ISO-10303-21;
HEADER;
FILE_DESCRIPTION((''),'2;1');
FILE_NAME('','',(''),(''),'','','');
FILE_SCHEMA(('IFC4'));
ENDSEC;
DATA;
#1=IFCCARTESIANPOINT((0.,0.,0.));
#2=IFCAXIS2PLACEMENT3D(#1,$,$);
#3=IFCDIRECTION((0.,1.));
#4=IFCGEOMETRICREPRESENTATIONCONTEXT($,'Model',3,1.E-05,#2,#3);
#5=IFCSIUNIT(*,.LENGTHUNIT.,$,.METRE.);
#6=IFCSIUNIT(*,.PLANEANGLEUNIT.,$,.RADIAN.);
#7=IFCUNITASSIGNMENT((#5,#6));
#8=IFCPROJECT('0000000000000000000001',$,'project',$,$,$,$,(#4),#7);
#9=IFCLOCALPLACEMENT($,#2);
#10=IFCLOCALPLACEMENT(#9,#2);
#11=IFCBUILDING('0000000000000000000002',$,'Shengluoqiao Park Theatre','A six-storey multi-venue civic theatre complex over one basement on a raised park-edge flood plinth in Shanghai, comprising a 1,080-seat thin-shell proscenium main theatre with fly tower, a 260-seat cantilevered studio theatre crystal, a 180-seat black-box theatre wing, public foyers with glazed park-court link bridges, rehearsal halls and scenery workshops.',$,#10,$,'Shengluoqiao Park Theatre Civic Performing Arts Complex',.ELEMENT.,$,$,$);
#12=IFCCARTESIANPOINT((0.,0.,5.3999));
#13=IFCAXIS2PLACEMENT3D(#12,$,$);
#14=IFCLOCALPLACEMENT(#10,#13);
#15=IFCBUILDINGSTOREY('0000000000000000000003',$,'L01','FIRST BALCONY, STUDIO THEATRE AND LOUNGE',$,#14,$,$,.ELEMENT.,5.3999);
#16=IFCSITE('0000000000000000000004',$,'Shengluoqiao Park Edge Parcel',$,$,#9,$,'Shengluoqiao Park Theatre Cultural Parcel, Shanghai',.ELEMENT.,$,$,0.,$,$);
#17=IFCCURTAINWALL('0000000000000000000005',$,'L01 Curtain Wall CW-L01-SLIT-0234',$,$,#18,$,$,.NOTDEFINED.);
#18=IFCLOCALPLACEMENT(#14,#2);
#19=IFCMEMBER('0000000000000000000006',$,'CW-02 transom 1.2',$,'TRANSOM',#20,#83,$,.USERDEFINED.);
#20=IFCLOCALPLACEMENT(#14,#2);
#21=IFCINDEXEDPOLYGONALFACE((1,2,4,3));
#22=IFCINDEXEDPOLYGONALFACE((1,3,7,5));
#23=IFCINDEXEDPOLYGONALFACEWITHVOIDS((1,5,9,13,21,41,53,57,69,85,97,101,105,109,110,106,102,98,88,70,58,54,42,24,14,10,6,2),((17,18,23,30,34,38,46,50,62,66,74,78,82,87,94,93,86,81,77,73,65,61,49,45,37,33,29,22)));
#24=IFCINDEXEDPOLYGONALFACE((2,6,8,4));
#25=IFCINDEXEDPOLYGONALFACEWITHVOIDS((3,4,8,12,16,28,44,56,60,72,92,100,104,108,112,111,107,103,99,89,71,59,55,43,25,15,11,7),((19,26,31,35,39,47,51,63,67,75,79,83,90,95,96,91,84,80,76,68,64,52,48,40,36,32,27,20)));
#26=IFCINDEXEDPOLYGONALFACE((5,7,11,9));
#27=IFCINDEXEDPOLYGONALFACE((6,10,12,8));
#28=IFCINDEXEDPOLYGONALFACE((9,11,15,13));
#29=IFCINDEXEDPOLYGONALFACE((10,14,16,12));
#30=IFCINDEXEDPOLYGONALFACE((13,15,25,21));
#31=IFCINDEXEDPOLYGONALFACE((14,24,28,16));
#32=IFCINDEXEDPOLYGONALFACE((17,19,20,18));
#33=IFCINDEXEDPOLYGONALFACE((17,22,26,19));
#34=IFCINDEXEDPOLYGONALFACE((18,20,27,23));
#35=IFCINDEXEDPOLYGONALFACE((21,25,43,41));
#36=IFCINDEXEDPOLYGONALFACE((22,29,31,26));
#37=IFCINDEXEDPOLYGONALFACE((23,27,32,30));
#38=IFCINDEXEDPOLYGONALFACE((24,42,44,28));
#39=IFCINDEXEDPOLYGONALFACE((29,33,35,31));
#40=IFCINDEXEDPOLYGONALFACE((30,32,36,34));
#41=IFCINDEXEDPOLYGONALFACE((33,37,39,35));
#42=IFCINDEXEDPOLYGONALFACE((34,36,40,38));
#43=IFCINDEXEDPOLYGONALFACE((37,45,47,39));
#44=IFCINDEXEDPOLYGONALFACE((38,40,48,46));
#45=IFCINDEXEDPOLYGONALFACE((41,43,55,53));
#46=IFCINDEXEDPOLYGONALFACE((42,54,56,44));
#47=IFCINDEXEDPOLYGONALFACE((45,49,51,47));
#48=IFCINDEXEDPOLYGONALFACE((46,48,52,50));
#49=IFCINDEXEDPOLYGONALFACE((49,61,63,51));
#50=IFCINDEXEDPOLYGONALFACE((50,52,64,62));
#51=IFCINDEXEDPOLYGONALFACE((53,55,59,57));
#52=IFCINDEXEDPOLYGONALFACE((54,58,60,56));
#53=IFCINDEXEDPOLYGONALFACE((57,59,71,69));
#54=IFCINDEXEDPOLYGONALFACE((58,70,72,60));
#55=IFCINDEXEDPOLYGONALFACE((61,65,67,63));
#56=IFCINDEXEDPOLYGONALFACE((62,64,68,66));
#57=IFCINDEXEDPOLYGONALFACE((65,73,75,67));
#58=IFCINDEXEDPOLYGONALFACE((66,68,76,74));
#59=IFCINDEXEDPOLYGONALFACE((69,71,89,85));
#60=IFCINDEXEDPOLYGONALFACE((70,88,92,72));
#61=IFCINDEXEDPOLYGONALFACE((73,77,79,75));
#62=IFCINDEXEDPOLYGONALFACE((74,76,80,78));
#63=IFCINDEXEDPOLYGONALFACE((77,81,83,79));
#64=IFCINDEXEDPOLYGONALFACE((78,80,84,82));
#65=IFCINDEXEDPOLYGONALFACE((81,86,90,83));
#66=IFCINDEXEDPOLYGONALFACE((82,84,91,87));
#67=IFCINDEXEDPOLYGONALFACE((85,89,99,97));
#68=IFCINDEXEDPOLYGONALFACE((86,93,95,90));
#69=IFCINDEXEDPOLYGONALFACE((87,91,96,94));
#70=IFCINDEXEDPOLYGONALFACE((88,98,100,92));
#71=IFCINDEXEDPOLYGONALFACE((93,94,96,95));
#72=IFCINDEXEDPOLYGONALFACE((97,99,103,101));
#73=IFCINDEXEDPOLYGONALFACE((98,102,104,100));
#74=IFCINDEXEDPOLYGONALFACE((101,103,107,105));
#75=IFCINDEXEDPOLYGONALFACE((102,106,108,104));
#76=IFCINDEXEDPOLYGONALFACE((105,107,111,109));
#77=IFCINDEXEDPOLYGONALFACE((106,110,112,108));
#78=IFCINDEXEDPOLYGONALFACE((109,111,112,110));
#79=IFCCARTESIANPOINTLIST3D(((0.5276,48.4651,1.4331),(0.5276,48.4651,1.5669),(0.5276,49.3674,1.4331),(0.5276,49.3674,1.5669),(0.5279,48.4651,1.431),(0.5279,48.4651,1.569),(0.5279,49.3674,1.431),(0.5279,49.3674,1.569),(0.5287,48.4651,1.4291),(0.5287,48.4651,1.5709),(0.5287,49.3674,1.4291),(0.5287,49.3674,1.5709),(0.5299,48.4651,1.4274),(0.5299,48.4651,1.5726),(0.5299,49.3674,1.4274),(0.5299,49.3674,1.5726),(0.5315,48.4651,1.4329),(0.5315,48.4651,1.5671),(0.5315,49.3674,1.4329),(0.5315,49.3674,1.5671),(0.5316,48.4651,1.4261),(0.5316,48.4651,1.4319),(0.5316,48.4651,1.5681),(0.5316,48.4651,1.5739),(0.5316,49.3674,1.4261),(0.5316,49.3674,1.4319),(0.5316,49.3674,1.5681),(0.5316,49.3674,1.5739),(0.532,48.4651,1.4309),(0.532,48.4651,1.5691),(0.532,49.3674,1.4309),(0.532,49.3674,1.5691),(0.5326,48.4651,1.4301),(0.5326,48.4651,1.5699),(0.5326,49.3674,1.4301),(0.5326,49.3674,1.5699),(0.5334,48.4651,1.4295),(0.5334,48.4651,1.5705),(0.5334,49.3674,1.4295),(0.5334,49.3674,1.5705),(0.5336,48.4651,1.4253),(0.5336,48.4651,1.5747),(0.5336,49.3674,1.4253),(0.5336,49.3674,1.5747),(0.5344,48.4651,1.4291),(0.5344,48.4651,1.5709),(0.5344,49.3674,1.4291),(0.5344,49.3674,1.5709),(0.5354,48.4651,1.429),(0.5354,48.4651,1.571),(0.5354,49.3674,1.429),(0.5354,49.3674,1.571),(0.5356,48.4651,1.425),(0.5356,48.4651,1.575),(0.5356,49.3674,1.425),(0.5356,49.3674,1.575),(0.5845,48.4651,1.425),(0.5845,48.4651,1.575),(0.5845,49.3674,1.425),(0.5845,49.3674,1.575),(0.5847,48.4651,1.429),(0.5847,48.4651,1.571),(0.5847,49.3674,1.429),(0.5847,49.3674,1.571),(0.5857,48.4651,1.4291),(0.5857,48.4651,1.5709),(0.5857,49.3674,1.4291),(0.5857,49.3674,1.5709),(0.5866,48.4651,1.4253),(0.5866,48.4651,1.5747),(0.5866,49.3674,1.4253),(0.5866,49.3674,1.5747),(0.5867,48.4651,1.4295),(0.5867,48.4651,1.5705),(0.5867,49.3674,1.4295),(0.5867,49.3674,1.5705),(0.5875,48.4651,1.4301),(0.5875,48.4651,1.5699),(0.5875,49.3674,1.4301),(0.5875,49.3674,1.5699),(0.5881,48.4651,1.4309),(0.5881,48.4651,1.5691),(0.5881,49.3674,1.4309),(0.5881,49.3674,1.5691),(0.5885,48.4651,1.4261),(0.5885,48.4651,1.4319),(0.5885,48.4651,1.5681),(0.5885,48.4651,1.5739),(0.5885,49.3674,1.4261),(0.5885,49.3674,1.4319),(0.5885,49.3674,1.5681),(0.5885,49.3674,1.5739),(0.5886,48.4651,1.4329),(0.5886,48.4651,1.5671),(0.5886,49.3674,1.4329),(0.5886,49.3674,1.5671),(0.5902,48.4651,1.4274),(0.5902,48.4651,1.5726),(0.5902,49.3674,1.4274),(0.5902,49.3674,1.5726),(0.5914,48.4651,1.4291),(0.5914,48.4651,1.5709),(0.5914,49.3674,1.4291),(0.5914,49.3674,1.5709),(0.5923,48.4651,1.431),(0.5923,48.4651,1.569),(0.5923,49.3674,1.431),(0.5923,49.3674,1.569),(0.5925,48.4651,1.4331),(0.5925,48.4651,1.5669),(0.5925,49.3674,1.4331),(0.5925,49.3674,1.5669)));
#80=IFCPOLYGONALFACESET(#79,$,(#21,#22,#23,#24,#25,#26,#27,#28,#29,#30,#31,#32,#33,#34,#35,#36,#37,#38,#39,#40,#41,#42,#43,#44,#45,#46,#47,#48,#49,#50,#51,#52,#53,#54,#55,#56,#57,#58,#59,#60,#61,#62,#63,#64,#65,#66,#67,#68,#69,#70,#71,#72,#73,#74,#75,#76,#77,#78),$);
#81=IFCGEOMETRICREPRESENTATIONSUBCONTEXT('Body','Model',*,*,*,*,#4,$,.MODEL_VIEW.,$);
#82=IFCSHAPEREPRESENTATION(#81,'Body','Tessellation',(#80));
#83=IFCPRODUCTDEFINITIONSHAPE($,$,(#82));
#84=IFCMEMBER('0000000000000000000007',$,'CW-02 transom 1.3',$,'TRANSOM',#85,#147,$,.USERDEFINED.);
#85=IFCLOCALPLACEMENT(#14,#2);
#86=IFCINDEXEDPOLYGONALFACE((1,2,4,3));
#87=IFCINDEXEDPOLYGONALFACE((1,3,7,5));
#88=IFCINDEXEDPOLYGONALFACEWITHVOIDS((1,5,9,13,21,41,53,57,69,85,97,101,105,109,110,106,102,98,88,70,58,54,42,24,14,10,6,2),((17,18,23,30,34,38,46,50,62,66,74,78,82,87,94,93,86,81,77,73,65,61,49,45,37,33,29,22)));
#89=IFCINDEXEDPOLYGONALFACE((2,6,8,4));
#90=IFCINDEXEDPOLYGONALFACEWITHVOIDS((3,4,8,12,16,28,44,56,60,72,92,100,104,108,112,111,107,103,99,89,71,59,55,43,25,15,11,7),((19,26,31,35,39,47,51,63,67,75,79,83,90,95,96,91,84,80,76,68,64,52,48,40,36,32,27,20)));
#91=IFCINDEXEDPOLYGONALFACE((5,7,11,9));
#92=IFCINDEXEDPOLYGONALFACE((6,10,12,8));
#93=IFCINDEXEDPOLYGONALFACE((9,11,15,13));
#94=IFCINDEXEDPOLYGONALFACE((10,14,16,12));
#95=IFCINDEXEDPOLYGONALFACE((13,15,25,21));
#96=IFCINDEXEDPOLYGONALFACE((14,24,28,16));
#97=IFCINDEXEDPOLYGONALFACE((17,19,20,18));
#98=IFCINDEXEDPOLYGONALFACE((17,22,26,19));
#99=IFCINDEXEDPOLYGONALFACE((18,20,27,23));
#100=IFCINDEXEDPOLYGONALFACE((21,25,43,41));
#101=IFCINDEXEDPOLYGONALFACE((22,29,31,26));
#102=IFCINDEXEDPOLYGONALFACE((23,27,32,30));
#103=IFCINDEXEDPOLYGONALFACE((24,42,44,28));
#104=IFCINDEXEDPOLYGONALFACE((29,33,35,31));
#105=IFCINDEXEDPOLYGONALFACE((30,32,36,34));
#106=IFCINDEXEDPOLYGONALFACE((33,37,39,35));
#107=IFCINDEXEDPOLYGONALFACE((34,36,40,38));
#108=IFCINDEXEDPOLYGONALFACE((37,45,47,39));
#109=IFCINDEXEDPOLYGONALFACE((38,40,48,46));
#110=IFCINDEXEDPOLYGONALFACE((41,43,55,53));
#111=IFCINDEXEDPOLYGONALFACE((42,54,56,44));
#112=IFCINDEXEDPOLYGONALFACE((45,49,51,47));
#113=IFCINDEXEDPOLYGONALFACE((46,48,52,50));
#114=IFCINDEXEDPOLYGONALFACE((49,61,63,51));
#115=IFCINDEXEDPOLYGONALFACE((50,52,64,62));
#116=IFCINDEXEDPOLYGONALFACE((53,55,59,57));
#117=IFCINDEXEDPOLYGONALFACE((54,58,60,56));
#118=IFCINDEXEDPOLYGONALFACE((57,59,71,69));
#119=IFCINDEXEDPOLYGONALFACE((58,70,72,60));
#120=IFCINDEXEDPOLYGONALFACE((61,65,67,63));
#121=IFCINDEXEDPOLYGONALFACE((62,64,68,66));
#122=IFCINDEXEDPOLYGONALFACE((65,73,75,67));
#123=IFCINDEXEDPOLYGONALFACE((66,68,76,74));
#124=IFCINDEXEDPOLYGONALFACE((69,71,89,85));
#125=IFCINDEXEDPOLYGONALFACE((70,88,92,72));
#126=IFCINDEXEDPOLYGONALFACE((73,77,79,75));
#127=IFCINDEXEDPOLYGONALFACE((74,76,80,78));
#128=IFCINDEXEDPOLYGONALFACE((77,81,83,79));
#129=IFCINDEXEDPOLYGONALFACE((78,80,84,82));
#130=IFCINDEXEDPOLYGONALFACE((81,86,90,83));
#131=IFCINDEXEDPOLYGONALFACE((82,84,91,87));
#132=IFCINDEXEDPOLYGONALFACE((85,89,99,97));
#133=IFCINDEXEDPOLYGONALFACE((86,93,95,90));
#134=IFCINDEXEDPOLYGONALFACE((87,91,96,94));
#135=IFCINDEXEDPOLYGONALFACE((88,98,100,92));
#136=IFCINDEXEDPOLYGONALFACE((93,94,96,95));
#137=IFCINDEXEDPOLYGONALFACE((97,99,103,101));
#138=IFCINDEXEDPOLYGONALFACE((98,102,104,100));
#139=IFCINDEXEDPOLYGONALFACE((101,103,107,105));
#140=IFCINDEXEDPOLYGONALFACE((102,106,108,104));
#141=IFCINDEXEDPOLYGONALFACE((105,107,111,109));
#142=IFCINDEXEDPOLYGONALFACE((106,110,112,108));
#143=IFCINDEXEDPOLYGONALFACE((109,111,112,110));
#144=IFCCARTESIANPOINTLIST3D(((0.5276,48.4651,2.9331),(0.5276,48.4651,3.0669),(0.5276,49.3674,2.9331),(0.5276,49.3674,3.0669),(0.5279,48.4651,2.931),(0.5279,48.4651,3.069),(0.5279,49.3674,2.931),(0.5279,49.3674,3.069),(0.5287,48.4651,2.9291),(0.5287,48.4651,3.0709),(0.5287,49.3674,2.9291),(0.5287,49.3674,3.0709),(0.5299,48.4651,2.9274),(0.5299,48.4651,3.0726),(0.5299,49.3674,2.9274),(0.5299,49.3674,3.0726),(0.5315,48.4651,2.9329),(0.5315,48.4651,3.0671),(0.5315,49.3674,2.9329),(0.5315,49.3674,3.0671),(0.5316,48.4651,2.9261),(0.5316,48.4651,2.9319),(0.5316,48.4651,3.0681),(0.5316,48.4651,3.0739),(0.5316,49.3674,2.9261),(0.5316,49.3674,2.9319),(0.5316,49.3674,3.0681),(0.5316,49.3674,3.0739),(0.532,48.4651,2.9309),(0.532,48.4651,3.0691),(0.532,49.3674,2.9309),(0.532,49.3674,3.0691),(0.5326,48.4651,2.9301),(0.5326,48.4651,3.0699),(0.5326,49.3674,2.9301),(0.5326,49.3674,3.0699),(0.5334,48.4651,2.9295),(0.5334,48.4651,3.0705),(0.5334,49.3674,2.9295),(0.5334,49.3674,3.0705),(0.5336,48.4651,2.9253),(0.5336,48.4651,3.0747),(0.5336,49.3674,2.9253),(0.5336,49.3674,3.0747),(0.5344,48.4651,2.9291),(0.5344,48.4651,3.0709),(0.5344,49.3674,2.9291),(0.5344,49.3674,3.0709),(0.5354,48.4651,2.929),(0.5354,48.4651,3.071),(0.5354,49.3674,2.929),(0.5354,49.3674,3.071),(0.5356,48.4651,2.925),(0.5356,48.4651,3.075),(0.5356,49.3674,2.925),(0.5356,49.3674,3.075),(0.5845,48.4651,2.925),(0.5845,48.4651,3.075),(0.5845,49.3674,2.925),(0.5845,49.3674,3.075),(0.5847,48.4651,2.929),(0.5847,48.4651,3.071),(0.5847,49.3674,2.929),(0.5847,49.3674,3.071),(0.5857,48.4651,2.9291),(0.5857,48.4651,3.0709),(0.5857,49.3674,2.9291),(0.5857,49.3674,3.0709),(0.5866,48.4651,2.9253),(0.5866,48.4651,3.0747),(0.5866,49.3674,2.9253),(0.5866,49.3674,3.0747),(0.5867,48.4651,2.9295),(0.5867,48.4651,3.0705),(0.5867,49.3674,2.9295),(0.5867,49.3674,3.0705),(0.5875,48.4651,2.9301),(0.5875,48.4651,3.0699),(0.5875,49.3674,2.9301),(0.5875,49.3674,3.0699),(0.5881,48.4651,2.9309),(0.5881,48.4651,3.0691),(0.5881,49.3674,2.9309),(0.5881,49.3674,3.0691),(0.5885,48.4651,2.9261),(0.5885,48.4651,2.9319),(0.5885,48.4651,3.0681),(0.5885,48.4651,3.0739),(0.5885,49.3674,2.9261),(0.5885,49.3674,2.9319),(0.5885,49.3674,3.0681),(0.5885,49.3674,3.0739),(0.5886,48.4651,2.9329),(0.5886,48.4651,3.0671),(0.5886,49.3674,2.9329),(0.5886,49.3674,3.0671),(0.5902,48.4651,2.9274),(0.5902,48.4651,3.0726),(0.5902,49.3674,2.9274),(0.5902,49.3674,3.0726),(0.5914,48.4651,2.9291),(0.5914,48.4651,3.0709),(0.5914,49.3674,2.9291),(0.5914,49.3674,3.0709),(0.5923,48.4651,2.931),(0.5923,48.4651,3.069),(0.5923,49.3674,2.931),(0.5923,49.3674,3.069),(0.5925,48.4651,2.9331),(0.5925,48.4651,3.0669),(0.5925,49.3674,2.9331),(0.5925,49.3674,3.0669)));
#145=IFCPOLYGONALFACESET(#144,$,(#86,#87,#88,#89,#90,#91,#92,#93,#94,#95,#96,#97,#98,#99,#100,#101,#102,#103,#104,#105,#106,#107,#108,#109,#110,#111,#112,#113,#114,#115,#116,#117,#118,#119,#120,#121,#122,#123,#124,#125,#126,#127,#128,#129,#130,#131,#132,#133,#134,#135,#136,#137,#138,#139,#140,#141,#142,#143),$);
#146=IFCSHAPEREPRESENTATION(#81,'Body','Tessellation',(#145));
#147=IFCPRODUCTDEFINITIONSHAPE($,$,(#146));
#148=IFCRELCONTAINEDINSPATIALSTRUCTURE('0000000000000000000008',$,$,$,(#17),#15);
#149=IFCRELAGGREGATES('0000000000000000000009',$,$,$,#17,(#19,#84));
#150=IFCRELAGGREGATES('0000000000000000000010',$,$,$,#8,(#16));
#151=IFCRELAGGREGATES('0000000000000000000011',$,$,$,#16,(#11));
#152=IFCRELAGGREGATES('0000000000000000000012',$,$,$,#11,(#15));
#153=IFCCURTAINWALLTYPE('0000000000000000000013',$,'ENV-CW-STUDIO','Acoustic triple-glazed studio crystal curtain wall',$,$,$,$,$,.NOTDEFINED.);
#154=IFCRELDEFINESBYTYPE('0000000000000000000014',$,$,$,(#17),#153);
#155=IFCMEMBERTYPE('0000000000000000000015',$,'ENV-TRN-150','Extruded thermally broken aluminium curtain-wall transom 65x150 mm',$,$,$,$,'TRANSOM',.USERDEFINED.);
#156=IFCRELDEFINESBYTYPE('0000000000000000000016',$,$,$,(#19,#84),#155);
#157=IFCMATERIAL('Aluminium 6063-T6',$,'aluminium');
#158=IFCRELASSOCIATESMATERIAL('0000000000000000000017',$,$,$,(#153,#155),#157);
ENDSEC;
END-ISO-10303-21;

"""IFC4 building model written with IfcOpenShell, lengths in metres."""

from ifc_helpers import new_model, si_unit, direction, frame, origin, origin_2d, place, context, subcontext, project, spatial, hollow_rectangle, extrude, material, material_profile, profile_set, type_object, element, aggregate, save


model = new_model("IFC4")

# Units and contexts
model_context = context("Model", 3, precision=1e-05, world=origin(), true_north=direction((0.0, 1.0)))
body_context = subcontext(model_context, "Body", "Model", "MODEL_VIEW")
ifc_project = project(units=[si_unit("LENGTHUNIT", "METRE"), si_unit("PLANEANGLEUNIT", "RADIAN")], contexts=[model_context])

# Site, building, storey
site_placement = place(None, origin())
site = spatial("IfcSite", under=ifc_project, at=site_placement, Name="Shengluoqiao Park Edge Parcel", LongName="Shengluoqiao Park Theatre Cultural Parcel, Shanghai", CompositionType="ELEMENT", RefElevation=0.0)
building_placement = place(site_placement, origin())
building = spatial("IfcBuilding", under=site, at=building_placement, Name="Shengluoqiao Park Theatre", Description="A six-storey multi-venue civic theatre complex over one basement on a raised park-edge flood plinth in Shanghai, comprising a 1,080-seat thin-shell proscenium main theatre with fly tower, a 260-seat cantilevered studio theatre crystal, a 180-seat black-box theatre wing, public foyers with glazed park-court link bridges, rehearsal halls and scenery workshops.", LongName="Shengluoqiao Park Theatre Civic Performing Arts Complex", CompositionType="ELEMENT")
storey_placement = place(building_placement, frame((0.0, 0.0, 5.3999)))
storey = spatial("IfcBuildingStorey", under=building, at=storey_placement, Name="L01", Description="FIRST BALCONY, STUDIO THEATRE AND LOUNGE", CompositionType="ELEMENT", Elevation=5.3999)

# Curtain wall, members
ifc_material_1 = material(Name="Aluminium 6063-T6", Category="aluminium")
curtain_wall_type = type_object("IfcCurtainWallType", Name="ENV-CW-STUDIO", Description="Acoustic triple-glazed studio crystal curtain wall", PredefinedType="NOTDEFINED", material=ifc_material_1)
curtain_wall_placement = place(storey_placement, origin())
curtain_wall = element("IfcCurtainWall", 1, at=curtain_wall_placement, inside=storey, type_object=curtain_wall_type, Name="L01 Curtain Wall CW-L01-SLIT-0234", PredefinedType="NOTDEFINED")
ifc_material_profile_1 = material_profile(ifc_material_1, hollow_rectangle(XDim=0.0649, YDim=0.1499, WallThickness=0.0039, InnerFilletRadius=0.0039, OuterFilletRadius=0.0081, at=origin_2d()), Name="ALU TRANSOM 150x65x4")
ifc_profile_set_1 = profile_set([ifc_material_profile_1], Name="Aluminium 6063-T6")
member_type_1 = type_object("IfcMemberType", Name="ENV-TRN-150", Description="Extruded thermally broken aluminium curtain-wall transom 65x150 mm", ElementType="TRANSOM", PredefinedType="USERDEFINED", material=ifc_profile_set_1)
member_1_placement = place(storey_placement, frame((0.5601, 48.4651, 1.5), z_axis=(0.0, 1.0, 0.0), x_axis=(-1.0, 0.0, 0.0)))
member_1 = element("IfcMember", 2, at=member_1_placement, type_object=member_type_1, Name="CW-02 transom 1.2", ObjectType="TRANSOM", PredefinedType="USERDEFINED", context=body_context, shape_type="SweptSolid", body=[
    extrude(hollow_rectangle(XDim=0.0649, YDim=0.1499, WallThickness=0.0039, InnerFilletRadius=0.0039, OuterFilletRadius=0.0081, at=origin_2d()), origin(), (0.0, 0.0, 1.0), 0.9023),
])
member_2_placement = place(storey_placement, frame((0.5601, 48.4651, 3.0), z_axis=(0.0, 1.0, 0.0), x_axis=(-1.0, 0.0, 0.0)))
member_2 = element("IfcMember", 3, at=member_2_placement, type_object=member_type_1, Name="CW-02 transom 1.3", ObjectType="TRANSOM", PredefinedType="USERDEFINED", context=body_context, shape_type="SweptSolid", body=[
    extrude(hollow_rectangle(XDim=0.0649, YDim=0.1499, WallThickness=0.0039, InnerFilletRadius=0.0039, OuterFilletRadius=0.0081, at=origin_2d()), origin(), (0.0, 0.0, 1.0), 0.9023),
])

aggregate(curtain_wall, [member_1, member_2])

save(model, "model.ifc")
